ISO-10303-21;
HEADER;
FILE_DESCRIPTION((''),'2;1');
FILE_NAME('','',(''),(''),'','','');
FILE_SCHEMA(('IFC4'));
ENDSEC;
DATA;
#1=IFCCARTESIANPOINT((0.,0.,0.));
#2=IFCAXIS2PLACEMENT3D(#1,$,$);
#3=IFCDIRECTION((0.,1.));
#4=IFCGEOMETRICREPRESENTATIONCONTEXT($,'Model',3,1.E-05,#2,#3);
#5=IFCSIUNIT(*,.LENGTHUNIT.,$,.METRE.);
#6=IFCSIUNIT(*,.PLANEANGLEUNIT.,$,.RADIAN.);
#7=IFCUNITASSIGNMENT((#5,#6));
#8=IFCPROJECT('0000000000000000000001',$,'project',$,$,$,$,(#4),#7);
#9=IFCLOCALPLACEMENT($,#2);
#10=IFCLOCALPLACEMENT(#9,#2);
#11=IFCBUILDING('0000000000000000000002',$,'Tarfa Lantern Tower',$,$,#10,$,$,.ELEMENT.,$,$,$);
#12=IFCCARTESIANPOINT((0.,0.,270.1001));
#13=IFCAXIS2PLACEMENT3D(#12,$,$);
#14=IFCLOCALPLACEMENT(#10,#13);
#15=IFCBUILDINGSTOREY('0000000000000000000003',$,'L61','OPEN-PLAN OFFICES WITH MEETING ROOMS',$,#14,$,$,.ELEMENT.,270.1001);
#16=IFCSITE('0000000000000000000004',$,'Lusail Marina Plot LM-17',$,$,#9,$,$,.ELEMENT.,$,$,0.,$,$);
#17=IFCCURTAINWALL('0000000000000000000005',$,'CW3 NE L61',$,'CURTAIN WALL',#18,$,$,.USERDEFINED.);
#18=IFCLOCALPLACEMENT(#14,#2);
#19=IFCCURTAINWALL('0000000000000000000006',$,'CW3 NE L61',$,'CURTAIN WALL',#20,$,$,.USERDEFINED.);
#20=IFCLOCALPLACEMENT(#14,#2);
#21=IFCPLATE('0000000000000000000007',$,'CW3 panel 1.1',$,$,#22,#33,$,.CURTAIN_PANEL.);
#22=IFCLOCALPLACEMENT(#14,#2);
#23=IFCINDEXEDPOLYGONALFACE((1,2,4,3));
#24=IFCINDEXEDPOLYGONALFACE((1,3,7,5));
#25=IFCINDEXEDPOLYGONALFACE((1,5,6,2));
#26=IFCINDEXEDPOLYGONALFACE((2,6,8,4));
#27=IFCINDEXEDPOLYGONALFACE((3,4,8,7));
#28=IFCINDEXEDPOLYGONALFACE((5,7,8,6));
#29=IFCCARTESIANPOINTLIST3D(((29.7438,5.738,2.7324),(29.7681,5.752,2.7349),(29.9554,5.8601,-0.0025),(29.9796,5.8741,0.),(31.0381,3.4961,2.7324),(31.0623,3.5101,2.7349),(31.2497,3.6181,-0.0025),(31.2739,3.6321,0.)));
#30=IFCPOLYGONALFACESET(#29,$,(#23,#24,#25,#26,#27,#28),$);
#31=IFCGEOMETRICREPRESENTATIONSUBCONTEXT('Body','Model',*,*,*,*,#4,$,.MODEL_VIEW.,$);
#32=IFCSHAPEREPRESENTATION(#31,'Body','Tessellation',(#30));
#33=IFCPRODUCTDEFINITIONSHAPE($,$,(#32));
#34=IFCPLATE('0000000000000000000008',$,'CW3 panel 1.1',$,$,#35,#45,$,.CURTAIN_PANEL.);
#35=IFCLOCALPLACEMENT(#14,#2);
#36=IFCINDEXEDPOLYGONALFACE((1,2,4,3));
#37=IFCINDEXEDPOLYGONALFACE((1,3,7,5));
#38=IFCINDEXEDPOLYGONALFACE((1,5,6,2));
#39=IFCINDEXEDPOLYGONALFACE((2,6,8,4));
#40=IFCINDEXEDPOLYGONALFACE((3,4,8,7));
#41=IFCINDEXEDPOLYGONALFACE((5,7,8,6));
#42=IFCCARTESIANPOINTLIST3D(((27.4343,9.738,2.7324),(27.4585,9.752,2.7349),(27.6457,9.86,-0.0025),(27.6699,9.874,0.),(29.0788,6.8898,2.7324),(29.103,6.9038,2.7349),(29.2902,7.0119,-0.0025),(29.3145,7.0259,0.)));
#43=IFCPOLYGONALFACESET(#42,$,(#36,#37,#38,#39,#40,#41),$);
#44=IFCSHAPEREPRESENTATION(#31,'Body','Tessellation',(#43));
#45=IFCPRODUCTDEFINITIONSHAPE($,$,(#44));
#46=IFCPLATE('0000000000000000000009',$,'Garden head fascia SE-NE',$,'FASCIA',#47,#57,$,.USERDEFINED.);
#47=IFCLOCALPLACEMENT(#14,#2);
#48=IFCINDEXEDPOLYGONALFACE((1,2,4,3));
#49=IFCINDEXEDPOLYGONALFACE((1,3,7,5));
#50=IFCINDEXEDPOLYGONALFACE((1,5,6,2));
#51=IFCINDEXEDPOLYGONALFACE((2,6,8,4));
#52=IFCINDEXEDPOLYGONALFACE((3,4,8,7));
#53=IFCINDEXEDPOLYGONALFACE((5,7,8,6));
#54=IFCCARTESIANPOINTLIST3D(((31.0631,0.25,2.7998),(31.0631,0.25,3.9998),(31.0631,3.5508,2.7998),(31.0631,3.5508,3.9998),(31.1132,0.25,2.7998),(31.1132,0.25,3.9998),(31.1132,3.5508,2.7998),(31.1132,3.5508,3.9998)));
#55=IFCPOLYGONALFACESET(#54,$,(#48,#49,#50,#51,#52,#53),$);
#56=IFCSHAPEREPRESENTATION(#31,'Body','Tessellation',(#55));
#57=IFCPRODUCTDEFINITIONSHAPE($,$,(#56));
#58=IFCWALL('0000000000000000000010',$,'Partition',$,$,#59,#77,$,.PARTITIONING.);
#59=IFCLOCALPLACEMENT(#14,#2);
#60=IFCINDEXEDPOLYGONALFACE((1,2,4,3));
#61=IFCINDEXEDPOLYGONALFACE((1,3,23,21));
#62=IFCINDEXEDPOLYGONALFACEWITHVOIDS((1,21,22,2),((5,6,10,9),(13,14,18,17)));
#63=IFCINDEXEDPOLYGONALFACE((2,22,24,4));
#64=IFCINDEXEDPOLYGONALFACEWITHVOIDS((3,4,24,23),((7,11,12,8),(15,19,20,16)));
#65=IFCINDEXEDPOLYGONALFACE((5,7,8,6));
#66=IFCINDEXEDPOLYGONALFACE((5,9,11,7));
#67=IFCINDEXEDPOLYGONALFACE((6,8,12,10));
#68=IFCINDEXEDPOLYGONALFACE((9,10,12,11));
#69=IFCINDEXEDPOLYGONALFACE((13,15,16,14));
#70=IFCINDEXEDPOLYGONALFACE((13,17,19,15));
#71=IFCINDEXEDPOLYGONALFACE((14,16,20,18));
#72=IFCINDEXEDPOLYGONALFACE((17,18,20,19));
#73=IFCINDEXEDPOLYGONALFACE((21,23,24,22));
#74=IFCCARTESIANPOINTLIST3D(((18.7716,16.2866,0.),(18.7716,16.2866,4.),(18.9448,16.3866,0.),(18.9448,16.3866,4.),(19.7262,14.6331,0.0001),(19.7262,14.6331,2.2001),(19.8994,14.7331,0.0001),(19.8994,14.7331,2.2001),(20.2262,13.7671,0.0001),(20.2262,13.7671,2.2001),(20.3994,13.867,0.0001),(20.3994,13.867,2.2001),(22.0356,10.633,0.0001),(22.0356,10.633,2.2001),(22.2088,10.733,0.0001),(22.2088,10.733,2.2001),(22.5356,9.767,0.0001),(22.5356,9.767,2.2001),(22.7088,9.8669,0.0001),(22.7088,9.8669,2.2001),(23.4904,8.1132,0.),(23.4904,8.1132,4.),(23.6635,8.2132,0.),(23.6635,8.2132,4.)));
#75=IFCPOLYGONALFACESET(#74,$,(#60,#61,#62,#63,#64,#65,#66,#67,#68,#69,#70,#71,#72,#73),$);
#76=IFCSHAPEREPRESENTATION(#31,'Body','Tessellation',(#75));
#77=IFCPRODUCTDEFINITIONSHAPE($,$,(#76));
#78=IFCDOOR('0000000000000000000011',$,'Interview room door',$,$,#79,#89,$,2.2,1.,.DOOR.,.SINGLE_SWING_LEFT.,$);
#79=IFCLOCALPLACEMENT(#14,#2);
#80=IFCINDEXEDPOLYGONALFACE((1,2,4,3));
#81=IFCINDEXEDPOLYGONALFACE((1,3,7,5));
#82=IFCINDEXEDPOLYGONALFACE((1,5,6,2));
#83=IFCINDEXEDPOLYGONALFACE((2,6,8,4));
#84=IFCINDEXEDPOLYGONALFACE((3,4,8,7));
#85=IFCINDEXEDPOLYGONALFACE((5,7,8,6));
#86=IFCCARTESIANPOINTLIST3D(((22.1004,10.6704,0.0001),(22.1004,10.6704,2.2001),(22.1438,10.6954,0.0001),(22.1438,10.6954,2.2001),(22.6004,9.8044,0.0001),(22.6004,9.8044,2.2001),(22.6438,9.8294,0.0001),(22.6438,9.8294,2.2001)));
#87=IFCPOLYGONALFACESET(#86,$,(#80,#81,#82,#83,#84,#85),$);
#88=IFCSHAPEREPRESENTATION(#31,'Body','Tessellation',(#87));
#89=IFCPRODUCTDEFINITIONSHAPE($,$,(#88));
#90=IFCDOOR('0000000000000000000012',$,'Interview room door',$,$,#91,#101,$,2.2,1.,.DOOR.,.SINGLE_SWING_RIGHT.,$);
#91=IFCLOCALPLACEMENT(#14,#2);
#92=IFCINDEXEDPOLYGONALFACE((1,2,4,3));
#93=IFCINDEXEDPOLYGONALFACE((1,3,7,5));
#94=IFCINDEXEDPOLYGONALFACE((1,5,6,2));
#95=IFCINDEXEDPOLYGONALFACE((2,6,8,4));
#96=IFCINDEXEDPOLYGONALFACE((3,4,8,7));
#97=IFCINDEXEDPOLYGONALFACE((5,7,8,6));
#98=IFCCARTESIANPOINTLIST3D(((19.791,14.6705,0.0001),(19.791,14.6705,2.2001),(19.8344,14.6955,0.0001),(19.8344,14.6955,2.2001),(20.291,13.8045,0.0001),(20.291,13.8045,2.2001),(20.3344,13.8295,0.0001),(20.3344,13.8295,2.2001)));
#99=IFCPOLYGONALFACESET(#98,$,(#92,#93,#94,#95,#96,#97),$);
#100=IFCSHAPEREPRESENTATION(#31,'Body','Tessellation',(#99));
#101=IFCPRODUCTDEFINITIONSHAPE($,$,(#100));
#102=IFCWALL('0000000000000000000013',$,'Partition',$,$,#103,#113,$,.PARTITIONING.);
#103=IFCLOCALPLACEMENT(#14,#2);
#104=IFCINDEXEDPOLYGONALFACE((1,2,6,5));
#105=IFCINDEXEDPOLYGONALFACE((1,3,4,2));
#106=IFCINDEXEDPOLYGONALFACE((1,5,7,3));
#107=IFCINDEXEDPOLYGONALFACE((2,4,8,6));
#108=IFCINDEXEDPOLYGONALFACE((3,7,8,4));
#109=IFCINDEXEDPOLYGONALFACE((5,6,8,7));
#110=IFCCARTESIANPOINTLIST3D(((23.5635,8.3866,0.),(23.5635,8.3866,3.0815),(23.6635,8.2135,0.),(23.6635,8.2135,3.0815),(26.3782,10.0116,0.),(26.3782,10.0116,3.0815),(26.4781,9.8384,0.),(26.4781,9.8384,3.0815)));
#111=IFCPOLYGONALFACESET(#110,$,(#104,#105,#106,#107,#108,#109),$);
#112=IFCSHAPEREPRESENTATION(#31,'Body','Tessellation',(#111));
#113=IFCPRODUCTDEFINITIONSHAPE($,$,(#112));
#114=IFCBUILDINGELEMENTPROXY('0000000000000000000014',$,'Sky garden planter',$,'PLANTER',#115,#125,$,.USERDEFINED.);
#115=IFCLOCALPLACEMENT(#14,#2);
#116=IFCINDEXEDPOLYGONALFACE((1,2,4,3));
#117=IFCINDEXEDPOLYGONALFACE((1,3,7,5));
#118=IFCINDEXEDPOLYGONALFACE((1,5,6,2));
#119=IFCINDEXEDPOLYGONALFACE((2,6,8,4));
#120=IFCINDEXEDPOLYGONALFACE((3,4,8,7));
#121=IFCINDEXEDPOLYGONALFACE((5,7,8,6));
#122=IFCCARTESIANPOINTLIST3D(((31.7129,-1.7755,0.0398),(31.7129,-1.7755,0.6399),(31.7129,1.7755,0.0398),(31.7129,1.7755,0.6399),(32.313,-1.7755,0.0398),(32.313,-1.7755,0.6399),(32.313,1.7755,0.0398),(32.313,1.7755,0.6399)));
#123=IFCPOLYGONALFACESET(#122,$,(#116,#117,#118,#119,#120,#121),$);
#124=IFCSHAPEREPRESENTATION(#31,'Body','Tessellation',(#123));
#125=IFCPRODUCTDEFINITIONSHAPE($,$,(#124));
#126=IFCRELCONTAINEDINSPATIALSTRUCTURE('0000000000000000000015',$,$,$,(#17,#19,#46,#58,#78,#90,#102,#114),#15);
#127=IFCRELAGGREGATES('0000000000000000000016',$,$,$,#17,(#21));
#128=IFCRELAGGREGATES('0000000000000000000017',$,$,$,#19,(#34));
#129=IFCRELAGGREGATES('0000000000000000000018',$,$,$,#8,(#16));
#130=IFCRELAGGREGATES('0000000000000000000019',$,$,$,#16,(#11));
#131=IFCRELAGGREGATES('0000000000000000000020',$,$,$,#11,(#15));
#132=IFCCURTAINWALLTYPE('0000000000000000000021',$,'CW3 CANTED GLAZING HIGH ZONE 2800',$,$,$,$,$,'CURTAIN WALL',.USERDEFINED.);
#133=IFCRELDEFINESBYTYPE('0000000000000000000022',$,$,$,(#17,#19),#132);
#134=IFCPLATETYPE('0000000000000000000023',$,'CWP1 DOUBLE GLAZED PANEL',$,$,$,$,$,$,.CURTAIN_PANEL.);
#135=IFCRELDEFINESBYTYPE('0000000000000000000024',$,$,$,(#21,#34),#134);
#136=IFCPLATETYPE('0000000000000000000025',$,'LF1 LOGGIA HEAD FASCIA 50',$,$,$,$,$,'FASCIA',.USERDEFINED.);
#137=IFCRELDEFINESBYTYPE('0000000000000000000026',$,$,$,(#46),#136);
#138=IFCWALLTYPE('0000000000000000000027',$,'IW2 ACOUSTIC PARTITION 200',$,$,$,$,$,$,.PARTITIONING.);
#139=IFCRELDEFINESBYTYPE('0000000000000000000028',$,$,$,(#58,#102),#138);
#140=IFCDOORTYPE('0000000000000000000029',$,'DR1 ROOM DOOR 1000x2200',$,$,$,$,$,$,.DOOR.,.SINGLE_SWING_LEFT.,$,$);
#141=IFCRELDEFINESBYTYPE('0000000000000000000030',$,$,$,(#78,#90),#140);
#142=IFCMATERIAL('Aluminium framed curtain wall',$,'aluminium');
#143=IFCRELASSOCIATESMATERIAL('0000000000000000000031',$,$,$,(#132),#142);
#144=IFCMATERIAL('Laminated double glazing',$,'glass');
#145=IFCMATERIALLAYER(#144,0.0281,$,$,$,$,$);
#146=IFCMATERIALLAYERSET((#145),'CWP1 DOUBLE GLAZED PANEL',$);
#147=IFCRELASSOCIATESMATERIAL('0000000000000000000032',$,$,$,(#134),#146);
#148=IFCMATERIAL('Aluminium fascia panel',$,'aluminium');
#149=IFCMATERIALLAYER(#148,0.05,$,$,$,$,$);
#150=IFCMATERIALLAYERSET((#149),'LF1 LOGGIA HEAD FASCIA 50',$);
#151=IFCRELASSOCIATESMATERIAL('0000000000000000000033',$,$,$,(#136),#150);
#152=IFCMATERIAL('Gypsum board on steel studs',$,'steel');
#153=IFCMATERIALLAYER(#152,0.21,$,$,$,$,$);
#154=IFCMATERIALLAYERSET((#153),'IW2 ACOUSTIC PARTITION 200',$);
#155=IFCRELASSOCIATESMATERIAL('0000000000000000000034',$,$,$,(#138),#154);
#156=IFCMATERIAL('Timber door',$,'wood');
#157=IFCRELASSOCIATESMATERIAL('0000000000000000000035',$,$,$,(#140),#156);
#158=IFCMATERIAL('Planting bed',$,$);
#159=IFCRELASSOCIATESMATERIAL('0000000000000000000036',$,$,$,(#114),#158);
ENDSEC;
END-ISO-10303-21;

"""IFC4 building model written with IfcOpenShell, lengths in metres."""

from ifc_helpers import new_model, si_unit, direction, frame, frame_2d, origin, origin_2d, place, context, subcontext, project, spatial, polyline, rectangle, outline, extrude, material, layer, layer_set, type_object, element, fill, aggregate, save


model = new_model("IFC4")

# Units and contexts
model_context = context("Model", 3, precision=1e-05, world=origin(), true_north=direction((0.0, 1.0)))
body_context = subcontext(model_context, "Body", "Model", "MODEL_VIEW")
ifc_project = project(units=[si_unit("LENGTHUNIT", "METRE"), si_unit("PLANEANGLEUNIT", "RADIAN")], contexts=[model_context])

# Site, building, storey
site_placement = place(None, origin())
site = spatial("IfcSite", under=ifc_project, at=site_placement, Name="Lusail Marina Plot LM-17", CompositionType="ELEMENT", RefElevation=0.0)
building_placement = place(site_placement, origin())
building = spatial("IfcBuilding", under=site, at=building_placement, Name="Tarfa Lantern Tower", CompositionType="ELEMENT")
storey_placement = place(building_placement, frame((0.0, 0.0, 270.1001)))
storey = spatial("IfcBuildingStorey", under=building, at=storey_placement, Name="L61", Description="OPEN-PLAN OFFICES WITH MEETING ROOMS", CompositionType="ELEMENT", Elevation=270.1001)

# Curtain walls
ifc_material_1 = material(Name="Aluminium framed curtain wall", Category="aluminium")
curtain_wall_type = type_object("IfcCurtainWallType", Name="CW3 CANTED GLAZING HIGH ZONE 2800", ElementType="CURTAIN WALL", PredefinedType="USERDEFINED", material=ifc_material_1)
curtain_wall_1_placement = place(storey_placement, origin())
curtain_wall_1 = element("IfcCurtainWall", 1, at=curtain_wall_1_placement, inside=storey, type_object=curtain_wall_type, Name="CW3 NE L61", ObjectType="CURTAIN WALL", PredefinedType="USERDEFINED")
curtain_wall_2_placement = place(storey_placement, origin())
curtain_wall_2 = element("IfcCurtainWall", 2, at=curtain_wall_2_placement, inside=storey, type_object=curtain_wall_type, Name="CW3 NE L61", ObjectType="CURTAIN WALL", PredefinedType="USERDEFINED")

# Plates
ifc_material_2 = material(Name="Laminated double glazing", Category="glass")
ifc_layer_1 = layer(ifc_material_2, 0.0281)
ifc_layer_set_1 = layer_set([ifc_layer_1], Name="CWP1 DOUBLE GLAZED PANEL")
plate_type_1 = type_object("IfcPlateType", Name="CWP1 DOUBLE GLAZED PANEL", PredefinedType="CURTAIN_PANEL", material=ifc_layer_set_1)
plate_1_placement = place(storey_placement, frame((31.2739, 3.6321, 0.0), z_axis=(0.862605, 0.497996, 0.088952), x_axis=(-0.499979, 0.866038, 0.000004)))
plate_1 = element("IfcPlate", 3, at=plate_1_placement, type_object=plate_type_1, Name="CW3 panel 1.1", PredefinedType="CURTAIN_PANEL", context=body_context, shape_type="SweptSolid", body=[
    extrude(outline(polyline([(0.0, 0.0), (2.5888, 0.0), (2.5888, 2.7457), (0.0001, 2.7458), (0.0, 0.0)])), origin(), (0.0, 0.0, -1.0), 0.0281),
])
aggregate(curtain_wall_1, [plate_1])
plate_2_placement = place(storey_placement, frame((29.3145, 7.0259, 0.0), z_axis=(0.862575, 0.498055, 0.088914), x_axis=(-0.500035, 0.866005, 0.0)))
plate_2 = element("IfcPlate", 4, at=plate_2_placement, type_object=plate_type_1, Name="CW3 panel 1.1", PredefinedType="CURTAIN_PANEL", context=body_context, shape_type="SweptSolid", body=[
    extrude(outline(polyline([(0.0, 0.0), (3.2888, 0.0), (3.2888, 2.7457), (0.0, 2.7457), (0.0, 0.0)])), origin(), (0.0, 0.0, -1.0), 0.0281),
])
aggregate(curtain_wall_2, [plate_2])
ifc_material_3 = material(Name="Aluminium fascia panel", Category="aluminium")
ifc_layer_2 = layer(ifc_material_3, 0.05)
ifc_layer_set_2 = layer_set([ifc_layer_2], Name="LF1 LOGGIA HEAD FASCIA 50")
plate_type_2 = type_object("IfcPlateType", Name="LF1 LOGGIA HEAD FASCIA 50", ElementType="FASCIA", PredefinedType="USERDEFINED", material=ifc_layer_set_2)
plate_3_placement = place(storey_placement, frame((31.0881, 1.9004, 2.7998), z_axis=(0.0, 0.0, 1.0), x_axis=(0.0, 1.0, 0.0)))
element("IfcPlate", 5, at=plate_3_placement, inside=storey, type_object=plate_type_2, Name="Garden head fascia SE-NE", ObjectType="FASCIA", PredefinedType="USERDEFINED", context=body_context, shape_type="SweptSolid", body=[
    extrude(rectangle(XDim=3.3008, YDim=0.05, at=origin_2d()), origin(), (0.0, 0.0, 1.0), 1.2),
])

# Wall, openings, doors
ifc_material_4 = material(Name="Gypsum board on steel studs", Category="steel")
ifc_layer_3 = layer(ifc_material_4, 0.21)
ifc_layer_set_3 = layer_set([ifc_layer_3], Name="IW2 ACOUSTIC PARTITION 200")
wall_type = type_object("IfcWallType", Name="IW2 ACOUSTIC PARTITION 200", PredefinedType="PARTITIONING", material=ifc_layer_set_3)
wall_1_placement = place(storey_placement, frame((23.5769, 8.1633, 0.0), z_axis=(0.0, 0.0, 1.0), x_axis=(-0.49999, 0.866031, 0.0)))
wall_1 = element("IfcWall", 6, at=wall_1_placement, inside=storey, type_object=wall_type, Name="Partition", PredefinedType="PARTITIONING", context=body_context, shape_type="SweptSolid", body=[
    extrude(rectangle(XDim=9.4377, YDim=0.2, at=frame_2d((4.7188, 0.0))), origin(), (0.0, 0.0, 1.0), 4.0),
])
opening_1_placement = place(wall_1_placement, frame((1.9094, 0.0, 0.0)))
opening_1 = element("IfcOpeningElement", 7, at=opening_1_placement, cuts=wall_1, PredefinedType="OPENING", context=body_context, shape_type="SweptSolid", body=[
    extrude(rectangle(XDim=1.0, YDim=2.2, at=frame_2d((0.5, 1.1001))), frame((0.0, 0.1099, 0.0), z_axis=(0.0, -1.0, 0.0), x_axis=(1.0, 0.0, 0.0)), (0.0, 0.0, 1.0), 0.22),
])
opening_2_placement = place(wall_1_placement, frame((6.5283, 0.0, 0.0)))
opening_2 = element("IfcOpeningElement", 8, at=opening_2_placement, cuts=wall_1, PredefinedType="OPENING", context=body_context, shape_type="SweptSolid", body=[
    extrude(rectangle(XDim=1.0, YDim=2.2, at=frame_2d((0.5, 1.1001))), frame((0.0, 0.1099, 0.0), z_axis=(0.0, -1.0, 0.0), x_axis=(1.0, 0.0, 0.0)), (0.0, 0.0, 1.0), 0.22),
])
ifc_material_5 = material(Name="Timber door", Category="wood")
door_type = type_object("IfcDoorType", Name="DR1 ROOM DOOR 1000x2200", OperationType="SINGLE_SWING_LEFT", PredefinedType="DOOR", material=ifc_material_5)
door_1_placement = place(opening_1_placement, frame((1.0, 0.0, 0.0), z_axis=(0.0, 0.0, 1.0), x_axis=(-1.0, 0.0, 0.0)))
door_1 = element("IfcDoor", 9, at=door_1_placement, inside=storey, type_object=door_type, Name="Interview room door", OperationType="SINGLE_SWING_LEFT", OverallHeight=2.2, OverallWidth=1.0, PredefinedType="DOOR", context=body_context, shape_type="SweptSolid", body=[
    extrude(rectangle(XDim=1.0, YDim=2.2, at=frame_2d((0.5, 1.1001))), frame((0.0, 0.0249, 0.0), z_axis=(0.0, -1.0, 0.0), x_axis=(1.0, 0.0, 0.0)), (0.0, 0.0, 1.0), 0.05),
])
fill(opening_1, door_1)
door_2_placement = place(opening_2_placement, frame((1.0, 0.0, 0.0), z_axis=(0.0, 0.0, 1.0), x_axis=(-1.0, 0.0, 0.0)))
door_2 = element("IfcDoor", 10, at=door_2_placement, inside=storey, type_object=door_type, Name="Interview room door", OperationType="SINGLE_SWING_RIGHT", OverallHeight=2.2, OverallWidth=1.0, PredefinedType="DOOR", context=body_context, shape_type="SweptSolid", body=[
    extrude(rectangle(XDim=1.0, YDim=2.2, at=frame_2d((0.5, 1.1001))), frame((0.0, 0.0249, 0.0), z_axis=(0.0, -1.0, 0.0), x_axis=(1.0, 0.0, 0.0)), (0.0, 0.0, 1.0), 0.05),
])
fill(opening_2, door_2)

# Wall
wall_2_placement = place(storey_placement, frame((23.6135, 8.3, 0.0), z_axis=(0.0, 0.0, 1.0), x_axis=(0.866034, 0.499985, 0.0)))
element("IfcWall", 11, at=wall_2_placement, inside=storey, type_object=wall_type, Name="Partition", PredefinedType="PARTITIONING", context=body_context, shape_type="SweptSolid", body=[
    extrude(rectangle(XDim=3.25, YDim=0.2, at=frame_2d((1.625, 0.0))), origin(), (0.0, 0.0, 1.0), 3.0815),
])

# Building element proxy
ifc_material_6 = material(Name="Planting bed")
proxy_placement = place(storey_placement, frame((32.0129, 0.0, 0.0398), z_axis=(0.0, 0.0, 1.0), x_axis=(0.0, 1.0, 0.0)))
element("IfcBuildingElementProxy", 12, at=proxy_placement, inside=storey, material=ifc_material_6, Name="Sky garden planter", ObjectType="PLANTER", PredefinedType="USERDEFINED", context=body_context, shape_type="SweptSolid", body=[
    extrude(rectangle(XDim=3.551, YDim=0.6001, at=origin_2d()), origin(), (0.0, 0.0, 1.0), 0.6001),
])

save(model, "model.ifc")
